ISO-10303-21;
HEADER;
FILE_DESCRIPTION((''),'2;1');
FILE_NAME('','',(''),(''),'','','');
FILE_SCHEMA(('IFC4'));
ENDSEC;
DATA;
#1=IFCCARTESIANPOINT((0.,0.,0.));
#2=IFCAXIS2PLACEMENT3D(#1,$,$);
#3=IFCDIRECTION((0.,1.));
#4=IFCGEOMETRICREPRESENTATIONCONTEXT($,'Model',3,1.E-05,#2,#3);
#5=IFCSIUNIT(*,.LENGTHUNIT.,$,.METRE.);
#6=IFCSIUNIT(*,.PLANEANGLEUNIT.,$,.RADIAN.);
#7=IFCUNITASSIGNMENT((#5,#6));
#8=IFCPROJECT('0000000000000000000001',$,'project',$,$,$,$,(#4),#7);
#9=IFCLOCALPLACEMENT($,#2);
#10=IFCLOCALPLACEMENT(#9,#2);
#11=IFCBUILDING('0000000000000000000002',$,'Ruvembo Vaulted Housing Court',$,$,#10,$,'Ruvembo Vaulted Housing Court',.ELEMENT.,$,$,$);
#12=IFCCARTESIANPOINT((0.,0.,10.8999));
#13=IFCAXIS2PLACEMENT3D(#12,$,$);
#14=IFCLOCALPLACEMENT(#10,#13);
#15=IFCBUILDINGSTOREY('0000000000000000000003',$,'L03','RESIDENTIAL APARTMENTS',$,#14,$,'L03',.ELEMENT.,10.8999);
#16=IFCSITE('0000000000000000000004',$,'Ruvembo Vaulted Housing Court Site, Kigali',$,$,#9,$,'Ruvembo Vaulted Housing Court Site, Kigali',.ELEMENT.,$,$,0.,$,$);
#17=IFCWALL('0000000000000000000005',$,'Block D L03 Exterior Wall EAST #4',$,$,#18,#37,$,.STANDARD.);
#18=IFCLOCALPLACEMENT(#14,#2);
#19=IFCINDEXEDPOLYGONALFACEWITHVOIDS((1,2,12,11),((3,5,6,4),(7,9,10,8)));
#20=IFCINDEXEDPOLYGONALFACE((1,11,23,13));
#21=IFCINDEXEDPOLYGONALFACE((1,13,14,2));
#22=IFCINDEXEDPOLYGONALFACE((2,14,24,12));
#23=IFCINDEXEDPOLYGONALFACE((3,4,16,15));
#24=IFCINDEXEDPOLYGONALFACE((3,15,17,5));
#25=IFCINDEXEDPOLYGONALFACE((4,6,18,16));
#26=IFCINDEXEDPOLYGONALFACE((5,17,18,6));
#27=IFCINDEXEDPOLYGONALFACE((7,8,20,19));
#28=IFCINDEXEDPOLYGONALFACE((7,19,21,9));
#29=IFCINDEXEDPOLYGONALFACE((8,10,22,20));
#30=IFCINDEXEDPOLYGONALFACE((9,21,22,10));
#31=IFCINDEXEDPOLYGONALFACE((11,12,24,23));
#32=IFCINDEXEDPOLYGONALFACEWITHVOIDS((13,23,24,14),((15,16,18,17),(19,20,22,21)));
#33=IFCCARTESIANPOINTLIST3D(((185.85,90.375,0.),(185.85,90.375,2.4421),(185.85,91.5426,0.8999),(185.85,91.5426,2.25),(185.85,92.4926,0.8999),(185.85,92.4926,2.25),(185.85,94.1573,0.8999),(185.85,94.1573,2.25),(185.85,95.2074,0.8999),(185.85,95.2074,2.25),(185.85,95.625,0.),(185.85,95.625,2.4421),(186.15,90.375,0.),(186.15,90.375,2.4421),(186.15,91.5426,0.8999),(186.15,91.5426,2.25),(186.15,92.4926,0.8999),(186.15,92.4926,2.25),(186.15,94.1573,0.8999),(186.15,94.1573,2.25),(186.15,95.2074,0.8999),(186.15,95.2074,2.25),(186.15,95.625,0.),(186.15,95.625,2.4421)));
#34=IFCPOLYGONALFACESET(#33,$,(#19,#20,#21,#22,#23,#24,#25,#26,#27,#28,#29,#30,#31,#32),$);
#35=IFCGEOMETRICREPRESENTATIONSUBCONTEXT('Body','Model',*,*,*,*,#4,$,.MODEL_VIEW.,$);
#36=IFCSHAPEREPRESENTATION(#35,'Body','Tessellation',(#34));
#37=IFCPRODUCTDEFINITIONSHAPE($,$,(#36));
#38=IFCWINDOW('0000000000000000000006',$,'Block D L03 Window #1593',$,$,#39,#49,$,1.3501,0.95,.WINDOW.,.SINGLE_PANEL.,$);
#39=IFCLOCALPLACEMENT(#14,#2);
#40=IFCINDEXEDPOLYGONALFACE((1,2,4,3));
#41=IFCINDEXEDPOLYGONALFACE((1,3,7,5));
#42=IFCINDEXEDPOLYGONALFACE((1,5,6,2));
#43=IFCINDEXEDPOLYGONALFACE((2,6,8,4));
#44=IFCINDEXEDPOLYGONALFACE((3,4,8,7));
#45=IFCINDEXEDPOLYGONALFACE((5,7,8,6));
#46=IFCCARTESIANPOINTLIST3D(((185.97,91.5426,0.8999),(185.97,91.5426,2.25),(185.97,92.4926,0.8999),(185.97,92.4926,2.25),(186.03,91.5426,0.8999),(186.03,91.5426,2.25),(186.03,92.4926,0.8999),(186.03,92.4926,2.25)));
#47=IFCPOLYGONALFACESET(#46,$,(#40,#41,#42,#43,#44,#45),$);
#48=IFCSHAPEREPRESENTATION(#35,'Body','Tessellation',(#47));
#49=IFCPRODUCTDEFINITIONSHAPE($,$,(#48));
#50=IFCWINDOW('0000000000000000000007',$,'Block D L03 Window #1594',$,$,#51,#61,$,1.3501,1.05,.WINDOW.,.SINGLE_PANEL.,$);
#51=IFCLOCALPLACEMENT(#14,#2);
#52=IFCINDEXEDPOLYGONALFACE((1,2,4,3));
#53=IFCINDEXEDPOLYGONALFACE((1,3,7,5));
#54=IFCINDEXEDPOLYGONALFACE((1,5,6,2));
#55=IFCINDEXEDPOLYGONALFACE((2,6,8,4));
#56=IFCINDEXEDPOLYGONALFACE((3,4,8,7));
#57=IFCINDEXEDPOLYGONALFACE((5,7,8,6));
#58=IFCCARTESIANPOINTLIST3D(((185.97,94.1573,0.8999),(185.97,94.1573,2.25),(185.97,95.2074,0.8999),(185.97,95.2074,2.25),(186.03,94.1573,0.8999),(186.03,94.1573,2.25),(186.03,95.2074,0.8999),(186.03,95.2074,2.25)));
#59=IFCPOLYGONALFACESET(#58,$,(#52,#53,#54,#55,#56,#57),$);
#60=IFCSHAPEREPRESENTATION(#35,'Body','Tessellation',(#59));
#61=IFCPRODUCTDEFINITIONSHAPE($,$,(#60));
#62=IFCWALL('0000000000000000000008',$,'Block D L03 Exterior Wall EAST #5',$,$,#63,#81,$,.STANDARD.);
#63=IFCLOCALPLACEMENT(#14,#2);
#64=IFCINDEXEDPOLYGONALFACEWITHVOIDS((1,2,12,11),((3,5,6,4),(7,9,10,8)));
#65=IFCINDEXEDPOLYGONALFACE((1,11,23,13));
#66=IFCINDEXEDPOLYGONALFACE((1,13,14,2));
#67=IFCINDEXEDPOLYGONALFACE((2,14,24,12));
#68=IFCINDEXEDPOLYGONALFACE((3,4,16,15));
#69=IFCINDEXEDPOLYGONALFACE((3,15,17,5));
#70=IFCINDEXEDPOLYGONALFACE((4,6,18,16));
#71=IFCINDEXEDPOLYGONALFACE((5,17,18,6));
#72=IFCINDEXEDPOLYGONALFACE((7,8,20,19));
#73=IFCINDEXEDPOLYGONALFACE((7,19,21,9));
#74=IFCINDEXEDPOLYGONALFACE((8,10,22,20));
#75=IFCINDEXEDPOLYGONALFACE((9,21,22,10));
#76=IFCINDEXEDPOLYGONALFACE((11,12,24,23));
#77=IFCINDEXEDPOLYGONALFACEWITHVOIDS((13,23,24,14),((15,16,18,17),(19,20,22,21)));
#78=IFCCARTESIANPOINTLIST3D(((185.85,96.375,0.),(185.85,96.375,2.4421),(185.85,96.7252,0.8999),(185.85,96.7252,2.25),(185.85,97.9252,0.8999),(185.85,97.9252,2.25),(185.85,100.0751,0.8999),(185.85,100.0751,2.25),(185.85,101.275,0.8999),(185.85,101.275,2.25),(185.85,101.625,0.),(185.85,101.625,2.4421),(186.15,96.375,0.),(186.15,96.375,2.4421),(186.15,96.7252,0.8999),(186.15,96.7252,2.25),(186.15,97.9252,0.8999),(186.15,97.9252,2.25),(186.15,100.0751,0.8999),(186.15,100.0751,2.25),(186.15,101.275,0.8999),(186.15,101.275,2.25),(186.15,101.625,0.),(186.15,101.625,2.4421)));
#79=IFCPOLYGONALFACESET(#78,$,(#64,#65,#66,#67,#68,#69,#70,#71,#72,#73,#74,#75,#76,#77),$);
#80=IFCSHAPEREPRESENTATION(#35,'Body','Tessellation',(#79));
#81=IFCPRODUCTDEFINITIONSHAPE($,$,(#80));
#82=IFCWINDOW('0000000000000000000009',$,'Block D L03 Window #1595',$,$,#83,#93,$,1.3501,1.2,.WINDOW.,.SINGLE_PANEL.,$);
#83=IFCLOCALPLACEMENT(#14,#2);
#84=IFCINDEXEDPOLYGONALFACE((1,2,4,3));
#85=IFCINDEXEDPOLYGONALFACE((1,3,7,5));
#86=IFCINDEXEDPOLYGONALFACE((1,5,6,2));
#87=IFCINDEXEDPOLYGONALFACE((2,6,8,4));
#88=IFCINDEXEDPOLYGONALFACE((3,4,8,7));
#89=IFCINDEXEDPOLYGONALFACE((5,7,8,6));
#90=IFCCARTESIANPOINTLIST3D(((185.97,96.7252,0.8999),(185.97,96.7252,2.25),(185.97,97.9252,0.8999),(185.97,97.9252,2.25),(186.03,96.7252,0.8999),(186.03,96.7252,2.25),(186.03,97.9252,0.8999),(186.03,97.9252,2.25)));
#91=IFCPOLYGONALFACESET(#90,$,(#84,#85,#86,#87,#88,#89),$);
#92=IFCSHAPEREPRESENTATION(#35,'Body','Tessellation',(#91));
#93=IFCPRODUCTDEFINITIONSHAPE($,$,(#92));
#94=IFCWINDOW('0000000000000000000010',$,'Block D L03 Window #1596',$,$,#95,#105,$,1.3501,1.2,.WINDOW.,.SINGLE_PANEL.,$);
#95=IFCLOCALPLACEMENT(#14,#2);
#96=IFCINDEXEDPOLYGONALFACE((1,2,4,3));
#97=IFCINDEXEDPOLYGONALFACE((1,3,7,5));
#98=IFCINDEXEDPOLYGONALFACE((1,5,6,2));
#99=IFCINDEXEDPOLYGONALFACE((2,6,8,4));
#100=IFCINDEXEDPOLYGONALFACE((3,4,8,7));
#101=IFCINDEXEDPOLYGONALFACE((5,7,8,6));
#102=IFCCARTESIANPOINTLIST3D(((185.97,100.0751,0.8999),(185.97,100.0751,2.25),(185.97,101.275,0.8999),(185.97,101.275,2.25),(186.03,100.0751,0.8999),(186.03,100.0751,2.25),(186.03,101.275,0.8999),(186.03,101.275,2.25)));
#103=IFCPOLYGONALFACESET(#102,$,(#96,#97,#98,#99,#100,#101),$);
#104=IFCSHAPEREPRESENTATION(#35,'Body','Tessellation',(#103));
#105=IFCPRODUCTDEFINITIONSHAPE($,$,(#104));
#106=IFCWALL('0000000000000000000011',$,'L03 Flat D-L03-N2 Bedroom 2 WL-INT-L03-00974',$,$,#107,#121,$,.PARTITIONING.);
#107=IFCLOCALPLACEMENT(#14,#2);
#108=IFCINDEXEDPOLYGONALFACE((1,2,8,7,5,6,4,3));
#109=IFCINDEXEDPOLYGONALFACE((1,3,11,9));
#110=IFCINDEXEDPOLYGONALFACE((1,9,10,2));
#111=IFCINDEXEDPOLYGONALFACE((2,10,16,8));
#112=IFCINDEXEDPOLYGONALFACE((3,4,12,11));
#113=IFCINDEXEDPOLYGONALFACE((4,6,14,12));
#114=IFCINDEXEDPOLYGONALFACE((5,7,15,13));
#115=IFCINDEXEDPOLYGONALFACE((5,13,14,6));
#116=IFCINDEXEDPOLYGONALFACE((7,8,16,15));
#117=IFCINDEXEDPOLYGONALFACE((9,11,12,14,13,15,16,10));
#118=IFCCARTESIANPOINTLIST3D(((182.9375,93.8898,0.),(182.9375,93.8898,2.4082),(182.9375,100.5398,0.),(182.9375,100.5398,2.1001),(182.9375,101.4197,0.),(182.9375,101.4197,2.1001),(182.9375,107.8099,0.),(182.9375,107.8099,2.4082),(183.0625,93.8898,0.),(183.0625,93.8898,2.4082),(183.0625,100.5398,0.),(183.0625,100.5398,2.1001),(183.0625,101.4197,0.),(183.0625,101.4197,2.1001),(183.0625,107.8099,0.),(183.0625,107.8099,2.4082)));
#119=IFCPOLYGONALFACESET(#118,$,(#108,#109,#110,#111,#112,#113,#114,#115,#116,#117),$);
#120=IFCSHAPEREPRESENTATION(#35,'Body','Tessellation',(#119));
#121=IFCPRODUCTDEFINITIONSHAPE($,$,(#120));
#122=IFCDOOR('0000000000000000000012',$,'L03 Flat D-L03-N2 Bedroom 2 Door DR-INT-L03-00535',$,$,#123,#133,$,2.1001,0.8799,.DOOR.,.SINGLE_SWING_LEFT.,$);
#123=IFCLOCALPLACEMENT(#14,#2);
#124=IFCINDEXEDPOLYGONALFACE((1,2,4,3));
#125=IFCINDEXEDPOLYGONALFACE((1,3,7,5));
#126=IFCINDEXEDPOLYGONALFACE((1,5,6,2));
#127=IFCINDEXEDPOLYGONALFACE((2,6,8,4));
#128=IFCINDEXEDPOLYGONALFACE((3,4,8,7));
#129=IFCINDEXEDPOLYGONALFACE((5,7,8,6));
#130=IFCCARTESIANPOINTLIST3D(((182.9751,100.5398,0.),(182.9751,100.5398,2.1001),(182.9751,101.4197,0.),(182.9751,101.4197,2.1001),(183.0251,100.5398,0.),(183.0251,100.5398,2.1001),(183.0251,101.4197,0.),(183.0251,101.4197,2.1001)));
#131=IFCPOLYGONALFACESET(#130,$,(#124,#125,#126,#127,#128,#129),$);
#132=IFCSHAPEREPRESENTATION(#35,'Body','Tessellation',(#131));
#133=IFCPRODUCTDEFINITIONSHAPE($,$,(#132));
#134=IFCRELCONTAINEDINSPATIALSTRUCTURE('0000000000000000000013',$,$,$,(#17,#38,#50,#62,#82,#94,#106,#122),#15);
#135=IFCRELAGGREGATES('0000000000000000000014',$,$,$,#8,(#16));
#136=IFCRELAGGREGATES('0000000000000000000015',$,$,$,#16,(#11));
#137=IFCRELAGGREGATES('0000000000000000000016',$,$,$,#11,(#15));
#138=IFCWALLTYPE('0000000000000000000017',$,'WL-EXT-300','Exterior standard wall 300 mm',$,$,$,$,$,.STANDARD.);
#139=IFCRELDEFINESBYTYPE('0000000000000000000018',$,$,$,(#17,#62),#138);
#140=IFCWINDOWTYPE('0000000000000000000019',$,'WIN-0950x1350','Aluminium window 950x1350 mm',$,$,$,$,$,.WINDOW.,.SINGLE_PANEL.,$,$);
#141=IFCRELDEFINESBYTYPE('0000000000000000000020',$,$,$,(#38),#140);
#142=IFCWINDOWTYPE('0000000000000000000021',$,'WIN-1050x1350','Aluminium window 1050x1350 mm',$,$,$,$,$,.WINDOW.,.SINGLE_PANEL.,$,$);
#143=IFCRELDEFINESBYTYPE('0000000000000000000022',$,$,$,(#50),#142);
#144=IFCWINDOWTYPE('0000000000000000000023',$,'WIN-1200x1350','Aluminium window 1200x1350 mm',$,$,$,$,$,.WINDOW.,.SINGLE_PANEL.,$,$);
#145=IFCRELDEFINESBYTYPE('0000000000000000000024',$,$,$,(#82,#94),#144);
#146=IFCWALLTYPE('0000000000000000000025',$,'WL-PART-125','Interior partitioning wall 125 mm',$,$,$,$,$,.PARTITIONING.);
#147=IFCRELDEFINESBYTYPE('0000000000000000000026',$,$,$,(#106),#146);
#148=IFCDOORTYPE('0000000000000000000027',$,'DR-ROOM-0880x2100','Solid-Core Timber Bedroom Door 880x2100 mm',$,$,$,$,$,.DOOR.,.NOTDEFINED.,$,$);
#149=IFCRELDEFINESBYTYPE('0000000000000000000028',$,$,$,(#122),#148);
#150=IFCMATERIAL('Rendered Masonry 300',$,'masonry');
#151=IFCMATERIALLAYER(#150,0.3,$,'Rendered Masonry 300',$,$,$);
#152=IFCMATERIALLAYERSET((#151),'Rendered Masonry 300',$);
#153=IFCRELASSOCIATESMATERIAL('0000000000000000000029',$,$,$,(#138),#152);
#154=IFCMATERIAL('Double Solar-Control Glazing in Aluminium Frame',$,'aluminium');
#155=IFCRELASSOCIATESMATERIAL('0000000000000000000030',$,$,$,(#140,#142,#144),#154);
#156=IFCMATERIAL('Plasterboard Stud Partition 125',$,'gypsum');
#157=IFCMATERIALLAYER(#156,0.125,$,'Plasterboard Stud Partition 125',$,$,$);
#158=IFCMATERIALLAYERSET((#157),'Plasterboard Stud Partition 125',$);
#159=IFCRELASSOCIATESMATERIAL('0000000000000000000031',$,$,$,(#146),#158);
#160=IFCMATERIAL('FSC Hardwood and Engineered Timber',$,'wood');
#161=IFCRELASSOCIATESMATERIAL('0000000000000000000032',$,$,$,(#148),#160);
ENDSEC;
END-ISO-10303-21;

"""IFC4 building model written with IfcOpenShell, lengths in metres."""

from ifc_helpers import new_model, si_unit, direction, frame, frame_2d, origin, place, context, subcontext, project, spatial, rectangle, extrude, material, layer, layer_set, type_object, element, fill, save


model = new_model("IFC4")

# Units and contexts
model_context = context("Model", 3, precision=1e-05, world=origin(), true_north=direction((0.0, 1.0)))
body_context = subcontext(model_context, "Body", "Model", "MODEL_VIEW")
ifc_project = project(units=[si_unit("LENGTHUNIT", "METRE"), si_unit("PLANEANGLEUNIT", "RADIAN")], contexts=[model_context])

# Site, building, storey
site_placement = place(None, origin())
site = spatial("IfcSite", under=ifc_project, at=site_placement, Name="Ruvembo Vaulted Housing Court Site, Kigali", LongName="Ruvembo Vaulted Housing Court Site, Kigali", CompositionType="ELEMENT", RefElevation=0.0)
building_placement = place(site_placement, origin())
building = spatial("IfcBuilding", under=site, at=building_placement, Name="Ruvembo Vaulted Housing Court", LongName="Ruvembo Vaulted Housing Court", CompositionType="ELEMENT")
storey_placement = place(building_placement, frame((0.0, 0.0, 10.8999)))
storey = spatial("IfcBuildingStorey", under=building, at=storey_placement, Name="L03", Description="RESIDENTIAL APARTMENTS", LongName="L03", CompositionType="ELEMENT", Elevation=10.8999)

# Shared definitions
ifc_material_1 = material(Name="FSC Hardwood and Engineered Timber", Category="wood")

# Walls, openings, windows
ifc_material_2 = material(Name="Rendered Masonry 300", Category="masonry")
ifc_layer_1 = layer(ifc_material_2, 0.3, Name="Rendered Masonry 300")
ifc_layer_set_1 = layer_set([ifc_layer_1], Name="Rendered Masonry 300")
wall_type_1 = type_object("IfcWallType", Name="WL-EXT-300", Description="Exterior standard wall 300 mm", PredefinedType="STANDARD", material=ifc_layer_set_1)
wall_1_placement = place(storey_placement, frame((186.0, 90.375, 0.0), z_axis=(0.0, 0.0, 1.0), x_axis=(0.0, 1.0, 0.0)))
wall_1 = element("IfcWall", 1, at=wall_1_placement, inside=storey, type_object=wall_type_1, Name="Block D L03 Exterior Wall EAST #4", PredefinedType="STANDARD", context=body_context, shape_type="SweptSolid", body=[
    extrude(rectangle(XDim=5.25, YDim=0.3, at=frame_2d((2.625, 0.0))), origin(), (0.0, 0.0, 1.0), 2.4421),
])
opening_1_placement = place(wall_1_placement, frame((1.1675, 0.0, 0.8999)))
opening_1 = element("IfcOpeningElement", 2, at=opening_1_placement, cuts=wall_1, PredefinedType="OPENING", context=body_context, shape_type="SweptSolid", body=[
    extrude(rectangle(XDim=0.95, YDim=1.3501, at=frame_2d((0.4751, 0.675))), frame((0.0, 0.1599, 0.0), z_axis=(0.0, -1.0, 0.0), x_axis=(1.0, 0.0, 0.0)), (0.0, 0.0, 1.0), 0.3201),
])
opening_2_placement = place(wall_1_placement, frame((3.7825, 0.0, 0.8999)))
opening_2 = element("IfcOpeningElement", 3, at=opening_2_placement, cuts=wall_1, PredefinedType="OPENING", context=body_context, shape_type="SweptSolid", body=[
    extrude(rectangle(XDim=1.05, YDim=1.3501, at=frame_2d((0.5249, 0.675))), frame((0.0, 0.1599, 0.0), z_axis=(0.0, -1.0, 0.0), x_axis=(1.0, 0.0, 0.0)), (0.0, 0.0, 1.0), 0.3201),
])
ifc_material_3 = material(Name="Double Solar-Control Glazing in Aluminium Frame", Category="aluminium")
window_type_1 = type_object("IfcWindowType", Name="WIN-0950x1350", Description="Aluminium window 950x1350 mm", PartitioningType="SINGLE_PANEL", PredefinedType="WINDOW", material=ifc_material_3)
window_1_placement = place(opening_1_placement, origin())
window_1 = element("IfcWindow", 4, at=window_1_placement, inside=storey, type_object=window_type_1, Name="Block D L03 Window #1593", OverallHeight=1.3501, OverallWidth=0.95, PartitioningType="SINGLE_PANEL", PredefinedType="WINDOW", context=body_context, shape_type="SweptSolid", body=[
    extrude(rectangle(XDim=0.95, YDim=1.3501, at=frame_2d((0.4751, 0.675))), frame((0.0, 0.03, 0.0), z_axis=(0.0, -1.0, 0.0), x_axis=(1.0, 0.0, 0.0)), (0.0, 0.0, 1.0), 0.0601),
])
fill(opening_1, window_1)
window_type_2 = type_object("IfcWindowType", Name="WIN-1050x1350", Description="Aluminium window 1050x1350 mm", PartitioningType="SINGLE_PANEL", PredefinedType="WINDOW", material=ifc_material_3)
window_2_placement = place(opening_2_placement, origin())
window_2 = element("IfcWindow", 5, at=window_2_placement, inside=storey, type_object=window_type_2, Name="Block D L03 Window #1594", OverallHeight=1.3501, OverallWidth=1.05, PartitioningType="SINGLE_PANEL", PredefinedType="WINDOW", context=body_context, shape_type="SweptSolid", body=[
    extrude(rectangle(XDim=1.05, YDim=1.3501, at=frame_2d((0.5249, 0.675))), frame((0.0, 0.03, 0.0), z_axis=(0.0, -1.0, 0.0), x_axis=(1.0, 0.0, 0.0)), (0.0, 0.0, 1.0), 0.0601),
])
fill(opening_2, window_2)
wall_2_placement = place(storey_placement, frame((186.0, 96.375, 0.0), z_axis=(0.0, 0.0, 1.0), x_axis=(0.0, 1.0, 0.0)))
wall_2 = element("IfcWall", 6, at=wall_2_placement, inside=storey, type_object=wall_type_1, Name="Block D L03 Exterior Wall EAST #5", PredefinedType="STANDARD", context=body_context, shape_type="SweptSolid", body=[
    extrude(rectangle(XDim=5.25, YDim=0.3, at=frame_2d((2.625, 0.0))), origin(), (0.0, 0.0, 1.0), 2.4421),
])
opening_3_placement = place(wall_2_placement, frame((0.3501, 0.0, 0.8999)))
opening_3 = element("IfcOpeningElement", 7, at=opening_3_placement, cuts=wall_2, PredefinedType="OPENING", context=body_context, shape_type="SweptSolid", body=[
    extrude(rectangle(XDim=1.2, YDim=1.3501, at=frame_2d((0.6001, 0.675))), frame((0.0, 0.1599, 0.0), z_axis=(0.0, -1.0, 0.0), x_axis=(1.0, 0.0, 0.0)), (0.0, 0.0, 1.0), 0.3201),
])
opening_4_placement = place(wall_2_placement, frame((3.7, 0.0, 0.8999)))
opening_4 = element("IfcOpeningElement", 8, at=opening_4_placement, cuts=wall_2, PredefinedType="OPENING", context=body_context, shape_type="SweptSolid", body=[
    extrude(rectangle(XDim=1.2, YDim=1.3501, at=frame_2d((0.6001, 0.675))), frame((0.0, 0.1599, 0.0), z_axis=(0.0, -1.0, 0.0), x_axis=(1.0, 0.0, 0.0)), (0.0, 0.0, 1.0), 0.3201),
])
window_type_3 = type_object("IfcWindowType", Name="WIN-1200x1350", Description="Aluminium window 1200x1350 mm", PartitioningType="SINGLE_PANEL", PredefinedType="WINDOW", material=ifc_material_3)
window_3_placement = place(opening_3_placement, origin())
window_3 = element("IfcWindow", 9, at=window_3_placement, inside=storey, type_object=window_type_3, Name="Block D L03 Window #1595", OverallHeight=1.3501, OverallWidth=1.2, PartitioningType="SINGLE_PANEL", PredefinedType="WINDOW", context=body_context, shape_type="SweptSolid", body=[
    extrude(rectangle(XDim=1.2, YDim=1.3501, at=frame_2d((0.6001, 0.675))), frame((0.0, 0.03, 0.0), z_axis=(0.0, -1.0, 0.0), x_axis=(1.0, 0.0, 0.0)), (0.0, 0.0, 1.0), 0.0601),
])
fill(opening_3, window_3)
window_4_placement = place(opening_4_placement, origin())
window_4 = element("IfcWindow", 10, at=window_4_placement, inside=storey, type_object=window_type_3, Name="Block D L03 Window #1596", OverallHeight=1.3501, OverallWidth=1.2, PartitioningType="SINGLE_PANEL", PredefinedType="WINDOW", context=body_context, shape_type="SweptSolid", body=[
    extrude(rectangle(XDim=1.2, YDim=1.3501, at=frame_2d((0.6001, 0.675))), frame((0.0, 0.03, 0.0), z_axis=(0.0, -1.0, 0.0), x_axis=(1.0, 0.0, 0.0)), (0.0, 0.0, 1.0), 0.0601),
])
fill(opening_4, window_4)

# Wall, opening, door
ifc_material_4 = material(Name="Plasterboard Stud Partition 125", Category="gypsum")
ifc_layer_2 = layer(ifc_material_4, 0.125, Name="Plasterboard Stud Partition 125")
ifc_layer_set_2 = layer_set([ifc_layer_2], Name="Plasterboard Stud Partition 125")
wall_type_2 = type_object("IfcWallType", Name="WL-PART-125", Description="Interior partitioning wall 125 mm", PredefinedType="PARTITIONING", material=ifc_layer_set_2)
wall_3_placement = place(storey_placement, frame((183.0, 93.8899, 0.0), z_axis=(0.0, 0.0, 1.0), x_axis=(0.0, 1.0, 0.0)))
wall_3 = element("IfcWall", 11, at=wall_3_placement, inside=storey, type_object=wall_type_2, Name="L03 Flat D-L03-N2 Bedroom 2 WL-INT-L03-00974", PredefinedType="PARTITIONING", context=body_context, shape_type="SweptSolid", body=[
    extrude(rectangle(XDim=13.9202, YDim=0.125, at=frame_2d((6.96, 0.0))), origin(), (0.0, 0.0, 1.0), 2.4082),
])
opening_5_placement = place(wall_3_placement, frame((6.6499, 0.0, 0.0)))
opening_5 = element("IfcOpeningElement", 12, at=opening_5_placement, cuts=wall_3, PredefinedType="OPENING", context=body_context, shape_type="SweptSolid", body=[
    extrude(rectangle(XDim=0.8799, YDim=2.1001, at=frame_2d((0.4399, 1.05))), frame((0.0, 0.0725, 0.0), z_axis=(0.0, -1.0, 0.0), x_axis=(1.0, 0.0, 0.0)), (0.0, 0.0, 1.0), 0.145),
])
door_type_1 = type_object("IfcDoorType", Name="DR-ROOM-0880x2100", Description="Solid-Core Timber Bedroom Door 880x2100 mm", OperationType="NOTDEFINED", PredefinedType="DOOR", material=ifc_material_1)
door_1_placement = place(opening_5_placement, origin())
door_1 = element("IfcDoor", 13, at=door_1_placement, inside=storey, type_object=door_type_1, Name="L03 Flat D-L03-N2 Bedroom 2 Door DR-INT-L03-00535", OperationType="SINGLE_SWING_LEFT", OverallHeight=2.1001, OverallWidth=0.8799, PredefinedType="DOOR", context=body_context, shape_type="SweptSolid", body=[
    extrude(rectangle(XDim=0.8799, YDim=2.1001, at=frame_2d((0.4399, 1.05))), frame((0.0, 0.0249, 0.0), z_axis=(0.0, -1.0, 0.0), x_axis=(1.0, 0.0, 0.0)), (0.0, 0.0, 1.0), 0.05),
])
fill(opening_5, door_1)

save(model, "model.ifc")
